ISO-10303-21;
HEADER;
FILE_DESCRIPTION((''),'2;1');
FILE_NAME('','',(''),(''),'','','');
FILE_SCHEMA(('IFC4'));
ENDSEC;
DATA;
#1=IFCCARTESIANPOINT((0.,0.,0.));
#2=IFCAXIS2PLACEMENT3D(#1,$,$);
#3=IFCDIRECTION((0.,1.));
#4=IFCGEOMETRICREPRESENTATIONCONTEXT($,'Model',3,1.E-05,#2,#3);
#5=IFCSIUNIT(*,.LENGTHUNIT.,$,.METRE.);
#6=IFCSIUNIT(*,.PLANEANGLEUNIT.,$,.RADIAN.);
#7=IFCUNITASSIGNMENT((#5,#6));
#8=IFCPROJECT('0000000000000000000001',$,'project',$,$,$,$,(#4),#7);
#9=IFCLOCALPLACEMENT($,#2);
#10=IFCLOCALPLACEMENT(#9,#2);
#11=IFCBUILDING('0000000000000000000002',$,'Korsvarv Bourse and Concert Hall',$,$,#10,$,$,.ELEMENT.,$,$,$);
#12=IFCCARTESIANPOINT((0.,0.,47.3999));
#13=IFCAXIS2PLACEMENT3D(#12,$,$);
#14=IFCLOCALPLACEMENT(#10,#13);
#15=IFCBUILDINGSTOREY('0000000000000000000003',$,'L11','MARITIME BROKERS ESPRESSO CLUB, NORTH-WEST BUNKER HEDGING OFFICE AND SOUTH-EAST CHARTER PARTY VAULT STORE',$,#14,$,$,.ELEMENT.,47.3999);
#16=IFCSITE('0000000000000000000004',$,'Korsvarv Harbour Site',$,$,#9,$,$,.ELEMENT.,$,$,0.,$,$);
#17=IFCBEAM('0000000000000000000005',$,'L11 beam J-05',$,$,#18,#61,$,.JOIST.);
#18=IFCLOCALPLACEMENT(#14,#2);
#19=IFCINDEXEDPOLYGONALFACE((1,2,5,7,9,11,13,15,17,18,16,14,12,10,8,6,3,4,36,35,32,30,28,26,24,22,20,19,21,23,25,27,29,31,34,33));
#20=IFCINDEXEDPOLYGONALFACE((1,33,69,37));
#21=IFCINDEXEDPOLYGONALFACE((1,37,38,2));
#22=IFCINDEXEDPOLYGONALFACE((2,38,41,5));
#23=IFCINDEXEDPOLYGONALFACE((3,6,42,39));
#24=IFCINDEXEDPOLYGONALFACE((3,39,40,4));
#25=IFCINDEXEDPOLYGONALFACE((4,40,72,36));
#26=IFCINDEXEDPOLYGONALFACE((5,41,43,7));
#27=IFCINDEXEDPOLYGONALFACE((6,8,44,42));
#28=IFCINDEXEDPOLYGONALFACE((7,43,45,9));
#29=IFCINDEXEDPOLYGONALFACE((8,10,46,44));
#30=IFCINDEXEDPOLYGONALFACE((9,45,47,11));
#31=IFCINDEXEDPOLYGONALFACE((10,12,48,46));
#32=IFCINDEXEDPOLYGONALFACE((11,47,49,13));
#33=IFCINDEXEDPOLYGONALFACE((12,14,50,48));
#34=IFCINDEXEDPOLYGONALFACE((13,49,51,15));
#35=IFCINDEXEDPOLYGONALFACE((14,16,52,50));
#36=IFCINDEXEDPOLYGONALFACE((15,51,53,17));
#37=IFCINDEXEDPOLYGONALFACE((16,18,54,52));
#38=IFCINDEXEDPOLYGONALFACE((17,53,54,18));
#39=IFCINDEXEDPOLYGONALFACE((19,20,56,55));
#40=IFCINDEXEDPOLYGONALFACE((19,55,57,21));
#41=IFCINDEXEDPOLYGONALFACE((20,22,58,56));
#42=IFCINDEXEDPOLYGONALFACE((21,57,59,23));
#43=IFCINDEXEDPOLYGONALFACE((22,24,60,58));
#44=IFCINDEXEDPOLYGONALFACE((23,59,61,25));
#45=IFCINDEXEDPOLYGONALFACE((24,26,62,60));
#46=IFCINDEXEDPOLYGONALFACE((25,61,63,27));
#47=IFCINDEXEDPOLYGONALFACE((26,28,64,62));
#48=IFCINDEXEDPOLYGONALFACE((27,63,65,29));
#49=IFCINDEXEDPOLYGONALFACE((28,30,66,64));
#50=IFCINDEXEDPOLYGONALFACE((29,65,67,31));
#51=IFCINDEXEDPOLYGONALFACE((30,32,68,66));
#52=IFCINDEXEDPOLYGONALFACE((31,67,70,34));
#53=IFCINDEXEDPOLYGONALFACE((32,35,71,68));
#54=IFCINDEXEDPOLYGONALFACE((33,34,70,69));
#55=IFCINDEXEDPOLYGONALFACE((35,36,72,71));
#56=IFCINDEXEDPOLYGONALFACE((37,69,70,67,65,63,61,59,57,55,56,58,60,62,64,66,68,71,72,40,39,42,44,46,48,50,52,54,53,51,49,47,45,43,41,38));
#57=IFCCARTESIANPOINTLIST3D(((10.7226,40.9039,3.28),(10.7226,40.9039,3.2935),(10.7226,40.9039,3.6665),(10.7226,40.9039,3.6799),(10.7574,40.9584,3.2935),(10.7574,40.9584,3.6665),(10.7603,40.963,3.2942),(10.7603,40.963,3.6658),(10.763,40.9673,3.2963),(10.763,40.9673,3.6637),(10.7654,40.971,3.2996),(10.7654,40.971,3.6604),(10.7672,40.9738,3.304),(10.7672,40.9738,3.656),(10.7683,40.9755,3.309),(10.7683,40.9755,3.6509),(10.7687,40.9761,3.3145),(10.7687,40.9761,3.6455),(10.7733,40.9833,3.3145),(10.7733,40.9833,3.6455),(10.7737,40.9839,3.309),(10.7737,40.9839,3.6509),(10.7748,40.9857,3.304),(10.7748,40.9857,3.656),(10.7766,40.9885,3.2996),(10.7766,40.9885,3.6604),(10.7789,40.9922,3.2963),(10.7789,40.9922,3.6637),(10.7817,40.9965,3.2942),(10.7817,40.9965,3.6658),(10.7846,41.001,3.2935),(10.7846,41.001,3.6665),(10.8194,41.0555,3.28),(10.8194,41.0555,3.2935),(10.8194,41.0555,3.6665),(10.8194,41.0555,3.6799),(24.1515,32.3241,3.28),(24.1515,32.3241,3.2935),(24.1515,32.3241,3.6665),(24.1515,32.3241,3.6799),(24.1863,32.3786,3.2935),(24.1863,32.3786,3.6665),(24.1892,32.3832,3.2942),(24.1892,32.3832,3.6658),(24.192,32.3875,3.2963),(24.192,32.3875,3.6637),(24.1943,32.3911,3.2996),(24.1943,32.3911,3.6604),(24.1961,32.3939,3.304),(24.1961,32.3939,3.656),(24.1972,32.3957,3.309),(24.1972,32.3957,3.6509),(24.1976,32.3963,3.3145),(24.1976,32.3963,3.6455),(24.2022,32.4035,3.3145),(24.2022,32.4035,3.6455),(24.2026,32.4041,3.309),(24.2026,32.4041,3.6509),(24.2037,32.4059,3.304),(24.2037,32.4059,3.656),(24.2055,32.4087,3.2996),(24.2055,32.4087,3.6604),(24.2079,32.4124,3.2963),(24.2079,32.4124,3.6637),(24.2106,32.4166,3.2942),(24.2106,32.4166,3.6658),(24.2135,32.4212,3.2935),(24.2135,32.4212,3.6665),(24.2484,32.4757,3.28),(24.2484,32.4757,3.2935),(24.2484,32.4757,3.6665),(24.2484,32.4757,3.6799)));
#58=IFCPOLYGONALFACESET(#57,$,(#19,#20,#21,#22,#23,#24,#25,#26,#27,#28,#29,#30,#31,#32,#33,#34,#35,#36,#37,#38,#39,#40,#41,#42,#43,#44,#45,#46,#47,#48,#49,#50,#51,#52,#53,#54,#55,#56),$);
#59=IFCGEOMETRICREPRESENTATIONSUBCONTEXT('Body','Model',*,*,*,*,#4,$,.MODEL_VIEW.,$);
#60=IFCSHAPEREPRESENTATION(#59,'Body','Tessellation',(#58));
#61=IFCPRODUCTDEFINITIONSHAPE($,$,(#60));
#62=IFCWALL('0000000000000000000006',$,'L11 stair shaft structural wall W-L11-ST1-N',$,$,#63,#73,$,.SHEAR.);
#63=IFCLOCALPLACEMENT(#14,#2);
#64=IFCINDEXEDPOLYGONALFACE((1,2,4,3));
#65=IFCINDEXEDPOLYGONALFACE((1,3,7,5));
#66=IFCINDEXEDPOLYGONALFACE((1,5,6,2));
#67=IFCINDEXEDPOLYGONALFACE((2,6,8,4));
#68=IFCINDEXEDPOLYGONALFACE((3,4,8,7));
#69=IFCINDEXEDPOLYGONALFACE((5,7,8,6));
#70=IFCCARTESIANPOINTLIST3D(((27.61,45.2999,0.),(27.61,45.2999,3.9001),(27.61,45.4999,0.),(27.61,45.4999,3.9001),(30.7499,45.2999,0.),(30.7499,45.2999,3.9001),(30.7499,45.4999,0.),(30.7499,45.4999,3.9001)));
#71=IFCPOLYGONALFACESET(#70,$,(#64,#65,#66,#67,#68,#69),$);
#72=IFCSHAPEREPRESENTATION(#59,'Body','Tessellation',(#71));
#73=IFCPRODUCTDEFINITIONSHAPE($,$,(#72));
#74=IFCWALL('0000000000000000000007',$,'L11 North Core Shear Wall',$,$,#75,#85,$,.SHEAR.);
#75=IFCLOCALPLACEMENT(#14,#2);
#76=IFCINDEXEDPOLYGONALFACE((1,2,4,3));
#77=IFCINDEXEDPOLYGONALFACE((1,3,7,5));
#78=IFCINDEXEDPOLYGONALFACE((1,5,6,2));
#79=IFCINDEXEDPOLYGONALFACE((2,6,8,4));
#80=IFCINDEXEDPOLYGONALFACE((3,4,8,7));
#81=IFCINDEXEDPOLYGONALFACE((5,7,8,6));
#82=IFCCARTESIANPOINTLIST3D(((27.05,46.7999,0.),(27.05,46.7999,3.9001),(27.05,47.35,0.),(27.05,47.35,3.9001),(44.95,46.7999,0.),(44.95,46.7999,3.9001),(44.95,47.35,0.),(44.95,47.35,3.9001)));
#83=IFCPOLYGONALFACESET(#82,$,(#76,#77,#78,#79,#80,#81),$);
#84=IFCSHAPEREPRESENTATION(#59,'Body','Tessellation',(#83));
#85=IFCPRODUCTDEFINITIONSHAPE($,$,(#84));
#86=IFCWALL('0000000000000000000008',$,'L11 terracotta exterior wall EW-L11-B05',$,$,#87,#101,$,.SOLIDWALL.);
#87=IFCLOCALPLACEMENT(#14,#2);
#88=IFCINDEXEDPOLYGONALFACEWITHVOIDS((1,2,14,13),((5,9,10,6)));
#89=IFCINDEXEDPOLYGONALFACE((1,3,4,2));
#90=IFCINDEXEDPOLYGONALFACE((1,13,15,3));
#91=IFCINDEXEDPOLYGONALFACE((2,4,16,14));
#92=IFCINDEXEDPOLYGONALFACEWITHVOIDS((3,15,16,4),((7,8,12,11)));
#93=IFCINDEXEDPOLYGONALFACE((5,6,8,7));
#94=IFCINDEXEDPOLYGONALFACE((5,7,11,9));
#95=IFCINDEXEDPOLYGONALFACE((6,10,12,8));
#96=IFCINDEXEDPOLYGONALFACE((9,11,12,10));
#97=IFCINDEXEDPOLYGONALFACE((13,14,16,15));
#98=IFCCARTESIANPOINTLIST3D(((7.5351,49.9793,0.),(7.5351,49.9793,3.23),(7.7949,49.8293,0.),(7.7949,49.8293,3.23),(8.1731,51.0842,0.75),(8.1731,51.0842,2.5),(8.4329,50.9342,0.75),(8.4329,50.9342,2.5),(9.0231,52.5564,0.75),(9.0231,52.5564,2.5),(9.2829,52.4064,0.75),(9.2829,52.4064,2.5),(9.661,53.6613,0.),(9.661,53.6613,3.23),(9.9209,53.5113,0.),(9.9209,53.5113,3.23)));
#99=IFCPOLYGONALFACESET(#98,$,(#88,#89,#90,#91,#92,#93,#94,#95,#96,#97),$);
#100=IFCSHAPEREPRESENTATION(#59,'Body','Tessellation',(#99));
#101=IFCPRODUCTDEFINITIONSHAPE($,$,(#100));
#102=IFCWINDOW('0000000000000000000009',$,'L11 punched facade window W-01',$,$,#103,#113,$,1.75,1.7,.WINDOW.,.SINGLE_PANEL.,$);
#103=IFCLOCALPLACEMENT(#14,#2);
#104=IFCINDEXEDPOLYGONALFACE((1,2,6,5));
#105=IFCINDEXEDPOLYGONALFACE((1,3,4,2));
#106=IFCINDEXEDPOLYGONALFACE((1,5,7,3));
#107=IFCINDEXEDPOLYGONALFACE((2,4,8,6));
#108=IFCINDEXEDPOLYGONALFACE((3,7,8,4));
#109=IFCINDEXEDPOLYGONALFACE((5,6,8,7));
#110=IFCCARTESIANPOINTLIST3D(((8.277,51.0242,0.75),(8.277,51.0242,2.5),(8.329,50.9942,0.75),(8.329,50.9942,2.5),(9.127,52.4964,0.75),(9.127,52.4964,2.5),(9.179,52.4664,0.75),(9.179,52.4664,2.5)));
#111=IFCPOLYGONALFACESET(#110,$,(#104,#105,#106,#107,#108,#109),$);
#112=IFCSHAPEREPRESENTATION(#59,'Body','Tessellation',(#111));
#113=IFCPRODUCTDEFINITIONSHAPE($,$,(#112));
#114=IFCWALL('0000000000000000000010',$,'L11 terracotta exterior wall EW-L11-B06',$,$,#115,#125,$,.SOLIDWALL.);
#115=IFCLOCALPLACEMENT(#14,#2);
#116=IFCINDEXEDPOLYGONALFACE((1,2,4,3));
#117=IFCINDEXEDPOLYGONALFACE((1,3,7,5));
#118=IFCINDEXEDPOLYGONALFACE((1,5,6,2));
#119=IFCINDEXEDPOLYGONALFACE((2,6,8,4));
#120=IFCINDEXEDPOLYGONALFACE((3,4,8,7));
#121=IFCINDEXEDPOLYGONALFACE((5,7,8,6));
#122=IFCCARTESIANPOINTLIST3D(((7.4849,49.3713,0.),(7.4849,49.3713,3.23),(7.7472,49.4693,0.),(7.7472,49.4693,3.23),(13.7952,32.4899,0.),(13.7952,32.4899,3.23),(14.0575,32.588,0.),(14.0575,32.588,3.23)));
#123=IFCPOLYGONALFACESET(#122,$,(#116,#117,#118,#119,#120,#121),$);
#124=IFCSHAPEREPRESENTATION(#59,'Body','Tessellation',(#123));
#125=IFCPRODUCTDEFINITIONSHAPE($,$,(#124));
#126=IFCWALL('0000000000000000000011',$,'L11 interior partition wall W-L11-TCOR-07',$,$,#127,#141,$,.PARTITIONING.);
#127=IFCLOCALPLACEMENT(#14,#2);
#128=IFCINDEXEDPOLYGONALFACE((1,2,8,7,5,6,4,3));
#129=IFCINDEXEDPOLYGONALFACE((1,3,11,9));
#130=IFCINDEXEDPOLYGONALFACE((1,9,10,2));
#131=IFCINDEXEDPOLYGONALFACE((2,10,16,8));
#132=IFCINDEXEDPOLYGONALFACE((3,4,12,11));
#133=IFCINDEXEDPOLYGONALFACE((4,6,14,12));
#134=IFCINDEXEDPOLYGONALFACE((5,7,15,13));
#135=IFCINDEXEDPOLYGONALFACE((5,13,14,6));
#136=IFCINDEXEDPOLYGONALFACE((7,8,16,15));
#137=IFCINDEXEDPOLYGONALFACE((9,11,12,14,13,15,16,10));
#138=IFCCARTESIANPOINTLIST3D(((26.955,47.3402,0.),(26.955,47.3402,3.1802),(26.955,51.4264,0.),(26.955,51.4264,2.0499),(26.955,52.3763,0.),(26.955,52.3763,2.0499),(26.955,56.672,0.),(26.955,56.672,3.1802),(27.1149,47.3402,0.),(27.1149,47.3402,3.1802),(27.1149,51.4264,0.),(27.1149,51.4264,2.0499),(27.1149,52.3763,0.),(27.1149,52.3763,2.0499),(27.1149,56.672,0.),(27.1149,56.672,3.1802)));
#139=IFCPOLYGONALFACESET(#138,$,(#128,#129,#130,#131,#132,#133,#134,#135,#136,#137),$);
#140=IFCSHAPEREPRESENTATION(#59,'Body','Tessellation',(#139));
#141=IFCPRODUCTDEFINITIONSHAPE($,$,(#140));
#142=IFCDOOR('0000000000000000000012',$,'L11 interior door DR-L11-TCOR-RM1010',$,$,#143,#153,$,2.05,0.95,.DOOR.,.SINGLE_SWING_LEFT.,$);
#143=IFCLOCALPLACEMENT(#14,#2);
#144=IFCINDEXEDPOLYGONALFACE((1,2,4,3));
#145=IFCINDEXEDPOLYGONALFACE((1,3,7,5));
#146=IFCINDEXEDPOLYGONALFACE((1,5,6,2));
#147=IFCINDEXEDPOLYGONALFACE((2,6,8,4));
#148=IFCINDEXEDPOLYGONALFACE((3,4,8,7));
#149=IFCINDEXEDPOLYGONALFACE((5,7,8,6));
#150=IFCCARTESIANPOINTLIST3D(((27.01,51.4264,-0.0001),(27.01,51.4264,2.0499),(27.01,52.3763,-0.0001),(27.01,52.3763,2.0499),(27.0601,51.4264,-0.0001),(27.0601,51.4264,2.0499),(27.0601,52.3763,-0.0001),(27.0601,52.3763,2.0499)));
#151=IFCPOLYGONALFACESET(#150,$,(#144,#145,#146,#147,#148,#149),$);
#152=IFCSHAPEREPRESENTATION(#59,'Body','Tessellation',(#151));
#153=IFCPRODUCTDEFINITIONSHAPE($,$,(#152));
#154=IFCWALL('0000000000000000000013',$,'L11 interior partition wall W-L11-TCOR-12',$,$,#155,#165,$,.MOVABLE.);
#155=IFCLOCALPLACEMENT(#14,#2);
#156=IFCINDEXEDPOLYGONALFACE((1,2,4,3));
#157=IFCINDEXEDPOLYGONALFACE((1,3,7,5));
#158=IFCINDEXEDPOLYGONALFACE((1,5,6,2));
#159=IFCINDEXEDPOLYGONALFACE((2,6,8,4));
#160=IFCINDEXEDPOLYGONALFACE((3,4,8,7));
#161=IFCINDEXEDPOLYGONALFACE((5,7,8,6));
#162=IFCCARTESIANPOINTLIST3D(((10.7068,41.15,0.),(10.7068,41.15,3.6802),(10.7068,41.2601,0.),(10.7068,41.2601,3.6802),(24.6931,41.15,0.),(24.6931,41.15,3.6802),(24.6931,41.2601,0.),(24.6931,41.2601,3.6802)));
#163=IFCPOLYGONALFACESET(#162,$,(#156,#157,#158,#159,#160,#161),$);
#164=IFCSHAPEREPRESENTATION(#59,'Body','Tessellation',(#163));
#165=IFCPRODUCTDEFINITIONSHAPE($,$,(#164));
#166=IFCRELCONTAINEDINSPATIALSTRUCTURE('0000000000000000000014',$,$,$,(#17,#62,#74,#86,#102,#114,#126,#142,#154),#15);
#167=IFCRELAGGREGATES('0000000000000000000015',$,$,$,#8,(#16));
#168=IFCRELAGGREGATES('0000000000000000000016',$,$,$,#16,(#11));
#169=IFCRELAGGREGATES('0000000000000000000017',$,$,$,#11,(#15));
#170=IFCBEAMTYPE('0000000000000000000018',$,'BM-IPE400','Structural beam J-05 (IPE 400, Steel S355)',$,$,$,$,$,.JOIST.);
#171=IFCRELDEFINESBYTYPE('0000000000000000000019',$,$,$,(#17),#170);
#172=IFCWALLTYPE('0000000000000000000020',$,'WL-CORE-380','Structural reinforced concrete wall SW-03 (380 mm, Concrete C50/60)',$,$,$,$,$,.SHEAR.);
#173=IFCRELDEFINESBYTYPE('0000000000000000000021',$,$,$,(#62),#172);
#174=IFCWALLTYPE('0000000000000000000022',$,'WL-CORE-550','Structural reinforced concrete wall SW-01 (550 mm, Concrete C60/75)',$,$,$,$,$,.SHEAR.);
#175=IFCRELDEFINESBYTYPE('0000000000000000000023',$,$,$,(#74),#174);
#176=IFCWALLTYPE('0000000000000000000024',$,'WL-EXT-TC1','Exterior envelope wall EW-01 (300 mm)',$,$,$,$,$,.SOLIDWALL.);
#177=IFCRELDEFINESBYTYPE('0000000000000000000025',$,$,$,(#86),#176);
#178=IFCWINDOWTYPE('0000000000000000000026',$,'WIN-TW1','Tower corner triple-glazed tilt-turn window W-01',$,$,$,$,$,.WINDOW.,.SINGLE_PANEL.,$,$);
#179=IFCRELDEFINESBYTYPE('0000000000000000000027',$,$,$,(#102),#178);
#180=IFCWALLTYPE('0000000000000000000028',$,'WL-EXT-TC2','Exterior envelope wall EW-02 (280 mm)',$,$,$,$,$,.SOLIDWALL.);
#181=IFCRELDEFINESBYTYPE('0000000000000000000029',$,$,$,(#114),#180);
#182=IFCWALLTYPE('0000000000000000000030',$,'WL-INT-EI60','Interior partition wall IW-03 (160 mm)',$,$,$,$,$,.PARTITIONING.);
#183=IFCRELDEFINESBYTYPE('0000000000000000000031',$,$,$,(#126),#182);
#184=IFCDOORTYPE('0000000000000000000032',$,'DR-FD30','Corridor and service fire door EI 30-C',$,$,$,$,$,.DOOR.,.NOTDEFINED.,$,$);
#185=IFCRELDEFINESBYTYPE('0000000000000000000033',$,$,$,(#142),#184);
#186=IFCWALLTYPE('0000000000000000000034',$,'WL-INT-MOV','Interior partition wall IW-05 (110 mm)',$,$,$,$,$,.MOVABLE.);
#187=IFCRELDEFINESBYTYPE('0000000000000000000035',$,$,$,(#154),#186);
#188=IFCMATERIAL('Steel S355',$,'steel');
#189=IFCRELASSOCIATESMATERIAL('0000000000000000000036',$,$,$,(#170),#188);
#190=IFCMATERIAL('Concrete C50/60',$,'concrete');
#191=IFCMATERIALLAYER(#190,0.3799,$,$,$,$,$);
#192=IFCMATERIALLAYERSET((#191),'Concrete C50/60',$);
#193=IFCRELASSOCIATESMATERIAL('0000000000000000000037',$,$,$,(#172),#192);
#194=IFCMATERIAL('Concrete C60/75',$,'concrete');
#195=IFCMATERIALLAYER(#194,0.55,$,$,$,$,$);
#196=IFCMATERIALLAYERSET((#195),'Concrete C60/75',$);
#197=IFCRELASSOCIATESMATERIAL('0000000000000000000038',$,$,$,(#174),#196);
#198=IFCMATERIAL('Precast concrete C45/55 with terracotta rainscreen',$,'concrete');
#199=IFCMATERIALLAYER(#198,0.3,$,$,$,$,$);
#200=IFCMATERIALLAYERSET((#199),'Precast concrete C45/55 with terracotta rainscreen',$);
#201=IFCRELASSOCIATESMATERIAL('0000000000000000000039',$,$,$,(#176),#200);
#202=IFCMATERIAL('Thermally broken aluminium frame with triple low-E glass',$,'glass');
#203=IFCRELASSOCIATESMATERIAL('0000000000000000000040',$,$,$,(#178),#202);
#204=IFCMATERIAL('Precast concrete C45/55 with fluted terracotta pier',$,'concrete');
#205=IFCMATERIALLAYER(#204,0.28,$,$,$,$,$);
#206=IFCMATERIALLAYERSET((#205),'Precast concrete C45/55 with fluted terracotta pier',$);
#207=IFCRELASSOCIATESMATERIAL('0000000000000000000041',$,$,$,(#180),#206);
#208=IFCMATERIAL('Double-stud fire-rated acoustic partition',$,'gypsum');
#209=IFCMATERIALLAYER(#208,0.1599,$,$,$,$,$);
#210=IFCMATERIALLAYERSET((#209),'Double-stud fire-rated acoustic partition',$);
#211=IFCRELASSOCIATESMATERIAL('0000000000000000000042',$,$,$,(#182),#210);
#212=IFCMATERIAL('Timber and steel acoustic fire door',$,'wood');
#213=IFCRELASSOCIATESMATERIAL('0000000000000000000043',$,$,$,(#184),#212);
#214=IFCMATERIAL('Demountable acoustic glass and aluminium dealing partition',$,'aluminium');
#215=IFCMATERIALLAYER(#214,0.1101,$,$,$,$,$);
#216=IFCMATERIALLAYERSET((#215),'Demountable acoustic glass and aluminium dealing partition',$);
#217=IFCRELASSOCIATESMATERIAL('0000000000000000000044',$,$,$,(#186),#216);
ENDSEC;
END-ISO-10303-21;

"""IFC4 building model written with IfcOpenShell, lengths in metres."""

from ifc_helpers import new_model, si_unit, direction, frame, frame_2d, origin, origin_2d, place, context, subcontext, project, spatial, rectangle, i_section, extrude, source, transform, mapped, material, layer, layer_set, material_profile, profile_set, type_object, element, fill, save


model = new_model("IFC4")

# Units and contexts
model_context = context("Model", 3, precision=1e-05, world=origin(), true_north=direction((0.0, 1.0)))
body_context = subcontext(model_context, "Body", "Model", "MODEL_VIEW")
ifc_project = project(units=[si_unit("LENGTHUNIT", "METRE"), si_unit("PLANEANGLEUNIT", "RADIAN")], contexts=[model_context])

# Site, building, storey
site_placement = place(None, origin())
site = spatial("IfcSite", under=ifc_project, at=site_placement, Name="Korsvarv Harbour Site", CompositionType="ELEMENT", RefElevation=0.0)
building_placement = place(site_placement, origin())
building = spatial("IfcBuilding", under=site, at=building_placement, Name="Korsvarv Bourse and Concert Hall", CompositionType="ELEMENT")
storey_placement = place(building_placement, frame((0.0, 0.0, 47.3999)))
storey = spatial("IfcBuildingStorey", under=building, at=storey_placement, Name="L11", Description="MARITIME BROKERS ESPRESSO CLUB, NORTH-WEST BUNKER HEDGING OFFICE AND SOUTH-EAST CHARTER PARTY VAULT STORE", CompositionType="ELEMENT", Elevation=47.3999)

# Shared definitions
ifc_material_1 = material(Name="Concrete C60/75", Category="concrete")

# Beam
ifc_material_2 = material(Name="Steel S355", Category="steel")
ifc_material_profile_1 = material_profile(ifc_material_2, i_section(OverallWidth=0.1799, OverallDepth=0.3999, WebThickness=0.0085, FlangeThickness=0.0134, FilletRadius=0.021, at=origin_2d()), Name="IPE 400")
ifc_profile_set_1 = profile_set([ifc_material_profile_1], Name="Steel S355")
beam_type_1 = type_object("IfcBeamType", Name="BM-IPE400", Description="Structural beam J-05 (IPE 400, Steel S355)", PredefinedType="JOIST", material=ifc_profile_set_1)
shared_shape_1 = source(origin(), body_context, "Body", "SweptSolid", [
    extrude(i_section(OverallWidth=0.1799, OverallDepth=0.3999, WebThickness=0.0085, FlangeThickness=0.0134, FilletRadius=0.021, at=origin_2d()), origin(), (0.0, 0.0, 1.0), 15.9358),
])
beam_1_placement = place(storey_placement, frame((10.771, 40.9797, 3.48), z_axis=(0.84269, -0.538399, 0.0), x_axis=(0.538399, 0.84269, 0.0)))
element("IfcBeam", 1, at=beam_1_placement, inside=storey, type_object=beam_type_1, Name="L11 beam J-05", PredefinedType="JOIST", context=body_context, shape_type="MappedRepresentation", body=[
    mapped(shared_shape_1, transform((0.0, 0.0, 0.0), scale=1.0)),
])

# Walls
ifc_material_3 = material(Name="Concrete C50/60", Category="concrete")
ifc_layer_1 = layer(ifc_material_3, 0.3799)
ifc_layer_set_1 = layer_set([ifc_layer_1], Name="Concrete C50/60")
wall_type_1 = type_object("IfcWallType", Name="WL-CORE-380", Description="Structural reinforced concrete wall SW-03 (380 mm, Concrete C50/60)", PredefinedType="SHEAR", material=ifc_layer_set_1)
wall_1_placement = place(storey_placement, frame((27.6101, 45.3999, 0.0), z_axis=(0.0, 0.0, 1.0), x_axis=(1.0, 0.0, 0.0)))
element("IfcWall", 2, at=wall_1_placement, inside=storey, type_object=wall_type_1, Name="L11 stair shaft structural wall W-L11-ST1-N", PredefinedType="SHEAR", context=body_context, shape_type="SweptSolid", body=[
    extrude(rectangle(XDim=3.1399, YDim=0.2, at=frame_2d((1.5698, 0.0))), origin(), (0.0, 0.0, 1.0), 3.9001),
])
ifc_layer_2 = layer(ifc_material_1, 0.55)
ifc_layer_set_2 = layer_set([ifc_layer_2], Name="Concrete C60/75")
wall_type_2 = type_object("IfcWallType", Name="WL-CORE-550", Description="Structural reinforced concrete wall SW-01 (550 mm, Concrete C60/75)", PredefinedType="SHEAR", material=ifc_layer_set_2)
wall_2_placement = place(storey_placement, frame((27.05, 47.075, 0.0), z_axis=(0.0, 0.0, 1.0), x_axis=(1.0, 0.0, 0.0)))
element("IfcWall", 3, at=wall_2_placement, inside=storey, type_object=wall_type_2, Name="L11 North Core Shear Wall", PredefinedType="SHEAR", context=body_context, shape_type="SweptSolid", body=[
    extrude(rectangle(XDim=17.8999, YDim=0.55, at=frame_2d((8.95, 0.0))), origin(), (0.0, 0.0, 1.0), 3.9001),
])

# Wall, opening, window
ifc_material_4 = material(Name="Precast concrete C45/55 with terracotta rainscreen", Category="concrete")
ifc_layer_3 = layer(ifc_material_4, 0.3)
ifc_layer_set_3 = layer_set([ifc_layer_3], Name="Precast concrete C45/55 with terracotta rainscreen")
wall_type_3 = type_object("IfcWallType", Name="WL-EXT-TC1", Description="Exterior envelope wall EW-01 (300 mm)", PredefinedType="SOLIDWALL", material=ifc_layer_set_3)
wall_3_placement = place(storey_placement, frame((9.791, 53.5864, 0.0), z_axis=(0.0, 0.0, 1.0), x_axis=(-0.500017, -0.866015, 0.0)))
wall_3 = element("IfcWall", 4, at=wall_3_placement, inside=storey, type_object=wall_type_3, Name="L11 terracotta exterior wall EW-L11-B05", PredefinedType="SOLIDWALL", context=body_context, shape_type="SweptSolid", body=[
    extrude(rectangle(XDim=4.2517, YDim=0.3, at=frame_2d((2.126, 0.0))), origin(), (0.0, 0.0, 1.0), 3.23),
])
opening_1_placement = place(wall_3_placement, frame((1.2759, 0.0, 0.75)))
opening_1 = element("IfcOpeningElement", 5, at=opening_1_placement, cuts=wall_3, PredefinedType="OPENING", context=body_context, shape_type="SweptSolid", body=[
    extrude(rectangle(XDim=1.7, YDim=1.75, at=frame_2d((0.8501, 0.875))), frame((0.0, 0.1602, 0.0), z_axis=(0.0, -1.0, 0.0), x_axis=(1.0, 0.0, 0.0)), (0.0, 0.0, 1.0), 0.3201),
])
ifc_material_5 = material(Name="Thermally broken aluminium frame with triple low-E glass", Category="glass")
window_type = type_object("IfcWindowType", Name="WIN-TW1", Description="Tower corner triple-glazed tilt-turn window W-01", PartitioningType="SINGLE_PANEL", PredefinedType="WINDOW", material=ifc_material_5)
window_placement = place(opening_1_placement, origin())
window = element("IfcWindow", 6, at=window_placement, inside=storey, type_object=window_type, Name="L11 punched facade window W-01", OverallHeight=1.75, OverallWidth=1.7, PartitioningType="SINGLE_PANEL", PredefinedType="WINDOW", context=body_context, shape_type="SweptSolid", body=[
    extrude(rectangle(XDim=1.7, YDim=1.75, at=frame_2d((0.8501, 0.875))), frame((0.0, 0.03, 0.0), z_axis=(0.0, -1.0, 0.0), x_axis=(1.0, 0.0, 0.0)), (0.0, 0.0, 1.0), 0.0601),
])
fill(opening_1, window)

# Wall
ifc_material_6 = material(Name="Precast concrete C45/55 with fluted terracotta pier", Category="concrete")
ifc_layer_4 = layer(ifc_material_6, 0.28)
ifc_layer_set_4 = layer_set([ifc_layer_4], Name="Precast concrete C45/55 with fluted terracotta pier")
wall_type_4 = type_object("IfcWallType", Name="WL-EXT-TC2", Description="Exterior envelope wall EW-02 (280 mm)", PredefinedType="SOLIDWALL", material=ifc_layer_set_4)
wall_4_placement = place(storey_placement, frame((7.616, 49.4204, 0.0), z_axis=(0.0, 0.0, 1.0), x_axis=(0.35014, -0.936697, 0.0)))
element("IfcWall", 7, at=wall_4_placement, inside=storey, type_object=wall_type_4, Name="L11 terracotta exterior wall EW-L11-B06", PredefinedType="SOLIDWALL", context=body_context, shape_type="SweptSolid", body=[
    extrude(rectangle(XDim=18.0222, YDim=0.28, at=frame_2d((9.0112, 0.0))), origin(), (0.0, 0.0, 1.0), 3.23),
])

# Wall, opening, door
ifc_material_7 = material(Name="Double-stud fire-rated acoustic partition", Category="gypsum")
ifc_layer_5 = layer(ifc_material_7, 0.1599)
ifc_layer_set_5 = layer_set([ifc_layer_5], Name="Double-stud fire-rated acoustic partition")
wall_type_5 = type_object("IfcWallType", Name="WL-INT-EI60", Description="Interior partition wall IW-03 (160 mm)", PredefinedType="PARTITIONING", material=ifc_layer_set_5)
wall_5_placement = place(storey_placement, frame((27.0349, 47.3401, 0.0), z_axis=(0.0, 0.0, 1.0), x_axis=(0.0, 1.0, 0.0)))
wall_5 = element("IfcWall", 8, at=wall_5_placement, inside=storey, type_object=wall_type_5, Name="L11 interior partition wall W-L11-TCOR-07", PredefinedType="PARTITIONING", context=body_context, shape_type="SweptSolid", body=[
    extrude(rectangle(XDim=9.3318, YDim=0.1599, at=frame_2d((4.666, 0.0))), origin(), (0.0, 0.0, 1.0), 3.1802),
])
opening_2_placement = place(wall_5_placement, frame((4.0862, 0.0, 0.0)))
opening_2 = element("IfcOpeningElement", 9, at=opening_2_placement, cuts=wall_5, PredefinedType="OPENING", context=body_context, shape_type="SweptSolid", body=[
    extrude(rectangle(XDim=0.95, YDim=2.05, at=frame_2d((0.4751, 1.0249))), frame((0.0, 0.0898, 0.0), z_axis=(0.0, -1.0, 0.0), x_axis=(1.0, 0.0, 0.0)), (0.0, 0.0, 1.0), 0.1799),
])
ifc_material_8 = material(Name="Timber and steel acoustic fire door", Category="wood")
door_type = type_object("IfcDoorType", Name="DR-FD30", Description="Corridor and service fire door EI 30-C", OperationType="NOTDEFINED", PredefinedType="DOOR", material=ifc_material_8)
door_placement = place(opening_2_placement, origin())
door = element("IfcDoor", 10, at=door_placement, inside=storey, type_object=door_type, Name="L11 interior door DR-L11-TCOR-RM1010", OperationType="SINGLE_SWING_LEFT", OverallHeight=2.05, OverallWidth=0.95, PredefinedType="DOOR", context=body_context, shape_type="SweptSolid", body=[
    extrude(rectangle(XDim=0.95, YDim=2.05, at=frame_2d((0.4751, 1.0249))), frame((0.0, 0.0249, 0.0), z_axis=(0.0, -1.0, 0.0), x_axis=(1.0, 0.0, 0.0)), (0.0, 0.0, 1.0), 0.05),
])
fill(opening_2, door)

# Wall
ifc_material_9 = material(Name="Demountable acoustic glass and aluminium dealing partition", Category="aluminium")
ifc_layer_6 = layer(ifc_material_9, 0.1101)
ifc_layer_set_6 = layer_set([ifc_layer_6], Name="Demountable acoustic glass and aluminium dealing partition")
wall_type_6 = type_object("IfcWallType", Name="WL-INT-MOV", Description="Interior partition wall IW-05 (110 mm)", PredefinedType="MOVABLE", material=ifc_layer_set_6)
wall_6_placement = place(storey_placement, frame((10.7068, 41.2051, 0.0), z_axis=(0.0, 0.0, 1.0), x_axis=(1.0, 0.0, 0.0)))
element("IfcWall", 11, at=wall_6_placement, inside=storey, type_object=wall_type_6, Name="L11 interior partition wall W-L11-TCOR-12", PredefinedType="MOVABLE", context=body_context, shape_type="SweptSolid", body=[
    extrude(rectangle(XDim=13.9863, YDim=0.1101, at=frame_2d((6.9932, 0.0))), origin(), (0.0, 0.0, 1.0), 3.6802),
])

save(model, "model.ifc")
